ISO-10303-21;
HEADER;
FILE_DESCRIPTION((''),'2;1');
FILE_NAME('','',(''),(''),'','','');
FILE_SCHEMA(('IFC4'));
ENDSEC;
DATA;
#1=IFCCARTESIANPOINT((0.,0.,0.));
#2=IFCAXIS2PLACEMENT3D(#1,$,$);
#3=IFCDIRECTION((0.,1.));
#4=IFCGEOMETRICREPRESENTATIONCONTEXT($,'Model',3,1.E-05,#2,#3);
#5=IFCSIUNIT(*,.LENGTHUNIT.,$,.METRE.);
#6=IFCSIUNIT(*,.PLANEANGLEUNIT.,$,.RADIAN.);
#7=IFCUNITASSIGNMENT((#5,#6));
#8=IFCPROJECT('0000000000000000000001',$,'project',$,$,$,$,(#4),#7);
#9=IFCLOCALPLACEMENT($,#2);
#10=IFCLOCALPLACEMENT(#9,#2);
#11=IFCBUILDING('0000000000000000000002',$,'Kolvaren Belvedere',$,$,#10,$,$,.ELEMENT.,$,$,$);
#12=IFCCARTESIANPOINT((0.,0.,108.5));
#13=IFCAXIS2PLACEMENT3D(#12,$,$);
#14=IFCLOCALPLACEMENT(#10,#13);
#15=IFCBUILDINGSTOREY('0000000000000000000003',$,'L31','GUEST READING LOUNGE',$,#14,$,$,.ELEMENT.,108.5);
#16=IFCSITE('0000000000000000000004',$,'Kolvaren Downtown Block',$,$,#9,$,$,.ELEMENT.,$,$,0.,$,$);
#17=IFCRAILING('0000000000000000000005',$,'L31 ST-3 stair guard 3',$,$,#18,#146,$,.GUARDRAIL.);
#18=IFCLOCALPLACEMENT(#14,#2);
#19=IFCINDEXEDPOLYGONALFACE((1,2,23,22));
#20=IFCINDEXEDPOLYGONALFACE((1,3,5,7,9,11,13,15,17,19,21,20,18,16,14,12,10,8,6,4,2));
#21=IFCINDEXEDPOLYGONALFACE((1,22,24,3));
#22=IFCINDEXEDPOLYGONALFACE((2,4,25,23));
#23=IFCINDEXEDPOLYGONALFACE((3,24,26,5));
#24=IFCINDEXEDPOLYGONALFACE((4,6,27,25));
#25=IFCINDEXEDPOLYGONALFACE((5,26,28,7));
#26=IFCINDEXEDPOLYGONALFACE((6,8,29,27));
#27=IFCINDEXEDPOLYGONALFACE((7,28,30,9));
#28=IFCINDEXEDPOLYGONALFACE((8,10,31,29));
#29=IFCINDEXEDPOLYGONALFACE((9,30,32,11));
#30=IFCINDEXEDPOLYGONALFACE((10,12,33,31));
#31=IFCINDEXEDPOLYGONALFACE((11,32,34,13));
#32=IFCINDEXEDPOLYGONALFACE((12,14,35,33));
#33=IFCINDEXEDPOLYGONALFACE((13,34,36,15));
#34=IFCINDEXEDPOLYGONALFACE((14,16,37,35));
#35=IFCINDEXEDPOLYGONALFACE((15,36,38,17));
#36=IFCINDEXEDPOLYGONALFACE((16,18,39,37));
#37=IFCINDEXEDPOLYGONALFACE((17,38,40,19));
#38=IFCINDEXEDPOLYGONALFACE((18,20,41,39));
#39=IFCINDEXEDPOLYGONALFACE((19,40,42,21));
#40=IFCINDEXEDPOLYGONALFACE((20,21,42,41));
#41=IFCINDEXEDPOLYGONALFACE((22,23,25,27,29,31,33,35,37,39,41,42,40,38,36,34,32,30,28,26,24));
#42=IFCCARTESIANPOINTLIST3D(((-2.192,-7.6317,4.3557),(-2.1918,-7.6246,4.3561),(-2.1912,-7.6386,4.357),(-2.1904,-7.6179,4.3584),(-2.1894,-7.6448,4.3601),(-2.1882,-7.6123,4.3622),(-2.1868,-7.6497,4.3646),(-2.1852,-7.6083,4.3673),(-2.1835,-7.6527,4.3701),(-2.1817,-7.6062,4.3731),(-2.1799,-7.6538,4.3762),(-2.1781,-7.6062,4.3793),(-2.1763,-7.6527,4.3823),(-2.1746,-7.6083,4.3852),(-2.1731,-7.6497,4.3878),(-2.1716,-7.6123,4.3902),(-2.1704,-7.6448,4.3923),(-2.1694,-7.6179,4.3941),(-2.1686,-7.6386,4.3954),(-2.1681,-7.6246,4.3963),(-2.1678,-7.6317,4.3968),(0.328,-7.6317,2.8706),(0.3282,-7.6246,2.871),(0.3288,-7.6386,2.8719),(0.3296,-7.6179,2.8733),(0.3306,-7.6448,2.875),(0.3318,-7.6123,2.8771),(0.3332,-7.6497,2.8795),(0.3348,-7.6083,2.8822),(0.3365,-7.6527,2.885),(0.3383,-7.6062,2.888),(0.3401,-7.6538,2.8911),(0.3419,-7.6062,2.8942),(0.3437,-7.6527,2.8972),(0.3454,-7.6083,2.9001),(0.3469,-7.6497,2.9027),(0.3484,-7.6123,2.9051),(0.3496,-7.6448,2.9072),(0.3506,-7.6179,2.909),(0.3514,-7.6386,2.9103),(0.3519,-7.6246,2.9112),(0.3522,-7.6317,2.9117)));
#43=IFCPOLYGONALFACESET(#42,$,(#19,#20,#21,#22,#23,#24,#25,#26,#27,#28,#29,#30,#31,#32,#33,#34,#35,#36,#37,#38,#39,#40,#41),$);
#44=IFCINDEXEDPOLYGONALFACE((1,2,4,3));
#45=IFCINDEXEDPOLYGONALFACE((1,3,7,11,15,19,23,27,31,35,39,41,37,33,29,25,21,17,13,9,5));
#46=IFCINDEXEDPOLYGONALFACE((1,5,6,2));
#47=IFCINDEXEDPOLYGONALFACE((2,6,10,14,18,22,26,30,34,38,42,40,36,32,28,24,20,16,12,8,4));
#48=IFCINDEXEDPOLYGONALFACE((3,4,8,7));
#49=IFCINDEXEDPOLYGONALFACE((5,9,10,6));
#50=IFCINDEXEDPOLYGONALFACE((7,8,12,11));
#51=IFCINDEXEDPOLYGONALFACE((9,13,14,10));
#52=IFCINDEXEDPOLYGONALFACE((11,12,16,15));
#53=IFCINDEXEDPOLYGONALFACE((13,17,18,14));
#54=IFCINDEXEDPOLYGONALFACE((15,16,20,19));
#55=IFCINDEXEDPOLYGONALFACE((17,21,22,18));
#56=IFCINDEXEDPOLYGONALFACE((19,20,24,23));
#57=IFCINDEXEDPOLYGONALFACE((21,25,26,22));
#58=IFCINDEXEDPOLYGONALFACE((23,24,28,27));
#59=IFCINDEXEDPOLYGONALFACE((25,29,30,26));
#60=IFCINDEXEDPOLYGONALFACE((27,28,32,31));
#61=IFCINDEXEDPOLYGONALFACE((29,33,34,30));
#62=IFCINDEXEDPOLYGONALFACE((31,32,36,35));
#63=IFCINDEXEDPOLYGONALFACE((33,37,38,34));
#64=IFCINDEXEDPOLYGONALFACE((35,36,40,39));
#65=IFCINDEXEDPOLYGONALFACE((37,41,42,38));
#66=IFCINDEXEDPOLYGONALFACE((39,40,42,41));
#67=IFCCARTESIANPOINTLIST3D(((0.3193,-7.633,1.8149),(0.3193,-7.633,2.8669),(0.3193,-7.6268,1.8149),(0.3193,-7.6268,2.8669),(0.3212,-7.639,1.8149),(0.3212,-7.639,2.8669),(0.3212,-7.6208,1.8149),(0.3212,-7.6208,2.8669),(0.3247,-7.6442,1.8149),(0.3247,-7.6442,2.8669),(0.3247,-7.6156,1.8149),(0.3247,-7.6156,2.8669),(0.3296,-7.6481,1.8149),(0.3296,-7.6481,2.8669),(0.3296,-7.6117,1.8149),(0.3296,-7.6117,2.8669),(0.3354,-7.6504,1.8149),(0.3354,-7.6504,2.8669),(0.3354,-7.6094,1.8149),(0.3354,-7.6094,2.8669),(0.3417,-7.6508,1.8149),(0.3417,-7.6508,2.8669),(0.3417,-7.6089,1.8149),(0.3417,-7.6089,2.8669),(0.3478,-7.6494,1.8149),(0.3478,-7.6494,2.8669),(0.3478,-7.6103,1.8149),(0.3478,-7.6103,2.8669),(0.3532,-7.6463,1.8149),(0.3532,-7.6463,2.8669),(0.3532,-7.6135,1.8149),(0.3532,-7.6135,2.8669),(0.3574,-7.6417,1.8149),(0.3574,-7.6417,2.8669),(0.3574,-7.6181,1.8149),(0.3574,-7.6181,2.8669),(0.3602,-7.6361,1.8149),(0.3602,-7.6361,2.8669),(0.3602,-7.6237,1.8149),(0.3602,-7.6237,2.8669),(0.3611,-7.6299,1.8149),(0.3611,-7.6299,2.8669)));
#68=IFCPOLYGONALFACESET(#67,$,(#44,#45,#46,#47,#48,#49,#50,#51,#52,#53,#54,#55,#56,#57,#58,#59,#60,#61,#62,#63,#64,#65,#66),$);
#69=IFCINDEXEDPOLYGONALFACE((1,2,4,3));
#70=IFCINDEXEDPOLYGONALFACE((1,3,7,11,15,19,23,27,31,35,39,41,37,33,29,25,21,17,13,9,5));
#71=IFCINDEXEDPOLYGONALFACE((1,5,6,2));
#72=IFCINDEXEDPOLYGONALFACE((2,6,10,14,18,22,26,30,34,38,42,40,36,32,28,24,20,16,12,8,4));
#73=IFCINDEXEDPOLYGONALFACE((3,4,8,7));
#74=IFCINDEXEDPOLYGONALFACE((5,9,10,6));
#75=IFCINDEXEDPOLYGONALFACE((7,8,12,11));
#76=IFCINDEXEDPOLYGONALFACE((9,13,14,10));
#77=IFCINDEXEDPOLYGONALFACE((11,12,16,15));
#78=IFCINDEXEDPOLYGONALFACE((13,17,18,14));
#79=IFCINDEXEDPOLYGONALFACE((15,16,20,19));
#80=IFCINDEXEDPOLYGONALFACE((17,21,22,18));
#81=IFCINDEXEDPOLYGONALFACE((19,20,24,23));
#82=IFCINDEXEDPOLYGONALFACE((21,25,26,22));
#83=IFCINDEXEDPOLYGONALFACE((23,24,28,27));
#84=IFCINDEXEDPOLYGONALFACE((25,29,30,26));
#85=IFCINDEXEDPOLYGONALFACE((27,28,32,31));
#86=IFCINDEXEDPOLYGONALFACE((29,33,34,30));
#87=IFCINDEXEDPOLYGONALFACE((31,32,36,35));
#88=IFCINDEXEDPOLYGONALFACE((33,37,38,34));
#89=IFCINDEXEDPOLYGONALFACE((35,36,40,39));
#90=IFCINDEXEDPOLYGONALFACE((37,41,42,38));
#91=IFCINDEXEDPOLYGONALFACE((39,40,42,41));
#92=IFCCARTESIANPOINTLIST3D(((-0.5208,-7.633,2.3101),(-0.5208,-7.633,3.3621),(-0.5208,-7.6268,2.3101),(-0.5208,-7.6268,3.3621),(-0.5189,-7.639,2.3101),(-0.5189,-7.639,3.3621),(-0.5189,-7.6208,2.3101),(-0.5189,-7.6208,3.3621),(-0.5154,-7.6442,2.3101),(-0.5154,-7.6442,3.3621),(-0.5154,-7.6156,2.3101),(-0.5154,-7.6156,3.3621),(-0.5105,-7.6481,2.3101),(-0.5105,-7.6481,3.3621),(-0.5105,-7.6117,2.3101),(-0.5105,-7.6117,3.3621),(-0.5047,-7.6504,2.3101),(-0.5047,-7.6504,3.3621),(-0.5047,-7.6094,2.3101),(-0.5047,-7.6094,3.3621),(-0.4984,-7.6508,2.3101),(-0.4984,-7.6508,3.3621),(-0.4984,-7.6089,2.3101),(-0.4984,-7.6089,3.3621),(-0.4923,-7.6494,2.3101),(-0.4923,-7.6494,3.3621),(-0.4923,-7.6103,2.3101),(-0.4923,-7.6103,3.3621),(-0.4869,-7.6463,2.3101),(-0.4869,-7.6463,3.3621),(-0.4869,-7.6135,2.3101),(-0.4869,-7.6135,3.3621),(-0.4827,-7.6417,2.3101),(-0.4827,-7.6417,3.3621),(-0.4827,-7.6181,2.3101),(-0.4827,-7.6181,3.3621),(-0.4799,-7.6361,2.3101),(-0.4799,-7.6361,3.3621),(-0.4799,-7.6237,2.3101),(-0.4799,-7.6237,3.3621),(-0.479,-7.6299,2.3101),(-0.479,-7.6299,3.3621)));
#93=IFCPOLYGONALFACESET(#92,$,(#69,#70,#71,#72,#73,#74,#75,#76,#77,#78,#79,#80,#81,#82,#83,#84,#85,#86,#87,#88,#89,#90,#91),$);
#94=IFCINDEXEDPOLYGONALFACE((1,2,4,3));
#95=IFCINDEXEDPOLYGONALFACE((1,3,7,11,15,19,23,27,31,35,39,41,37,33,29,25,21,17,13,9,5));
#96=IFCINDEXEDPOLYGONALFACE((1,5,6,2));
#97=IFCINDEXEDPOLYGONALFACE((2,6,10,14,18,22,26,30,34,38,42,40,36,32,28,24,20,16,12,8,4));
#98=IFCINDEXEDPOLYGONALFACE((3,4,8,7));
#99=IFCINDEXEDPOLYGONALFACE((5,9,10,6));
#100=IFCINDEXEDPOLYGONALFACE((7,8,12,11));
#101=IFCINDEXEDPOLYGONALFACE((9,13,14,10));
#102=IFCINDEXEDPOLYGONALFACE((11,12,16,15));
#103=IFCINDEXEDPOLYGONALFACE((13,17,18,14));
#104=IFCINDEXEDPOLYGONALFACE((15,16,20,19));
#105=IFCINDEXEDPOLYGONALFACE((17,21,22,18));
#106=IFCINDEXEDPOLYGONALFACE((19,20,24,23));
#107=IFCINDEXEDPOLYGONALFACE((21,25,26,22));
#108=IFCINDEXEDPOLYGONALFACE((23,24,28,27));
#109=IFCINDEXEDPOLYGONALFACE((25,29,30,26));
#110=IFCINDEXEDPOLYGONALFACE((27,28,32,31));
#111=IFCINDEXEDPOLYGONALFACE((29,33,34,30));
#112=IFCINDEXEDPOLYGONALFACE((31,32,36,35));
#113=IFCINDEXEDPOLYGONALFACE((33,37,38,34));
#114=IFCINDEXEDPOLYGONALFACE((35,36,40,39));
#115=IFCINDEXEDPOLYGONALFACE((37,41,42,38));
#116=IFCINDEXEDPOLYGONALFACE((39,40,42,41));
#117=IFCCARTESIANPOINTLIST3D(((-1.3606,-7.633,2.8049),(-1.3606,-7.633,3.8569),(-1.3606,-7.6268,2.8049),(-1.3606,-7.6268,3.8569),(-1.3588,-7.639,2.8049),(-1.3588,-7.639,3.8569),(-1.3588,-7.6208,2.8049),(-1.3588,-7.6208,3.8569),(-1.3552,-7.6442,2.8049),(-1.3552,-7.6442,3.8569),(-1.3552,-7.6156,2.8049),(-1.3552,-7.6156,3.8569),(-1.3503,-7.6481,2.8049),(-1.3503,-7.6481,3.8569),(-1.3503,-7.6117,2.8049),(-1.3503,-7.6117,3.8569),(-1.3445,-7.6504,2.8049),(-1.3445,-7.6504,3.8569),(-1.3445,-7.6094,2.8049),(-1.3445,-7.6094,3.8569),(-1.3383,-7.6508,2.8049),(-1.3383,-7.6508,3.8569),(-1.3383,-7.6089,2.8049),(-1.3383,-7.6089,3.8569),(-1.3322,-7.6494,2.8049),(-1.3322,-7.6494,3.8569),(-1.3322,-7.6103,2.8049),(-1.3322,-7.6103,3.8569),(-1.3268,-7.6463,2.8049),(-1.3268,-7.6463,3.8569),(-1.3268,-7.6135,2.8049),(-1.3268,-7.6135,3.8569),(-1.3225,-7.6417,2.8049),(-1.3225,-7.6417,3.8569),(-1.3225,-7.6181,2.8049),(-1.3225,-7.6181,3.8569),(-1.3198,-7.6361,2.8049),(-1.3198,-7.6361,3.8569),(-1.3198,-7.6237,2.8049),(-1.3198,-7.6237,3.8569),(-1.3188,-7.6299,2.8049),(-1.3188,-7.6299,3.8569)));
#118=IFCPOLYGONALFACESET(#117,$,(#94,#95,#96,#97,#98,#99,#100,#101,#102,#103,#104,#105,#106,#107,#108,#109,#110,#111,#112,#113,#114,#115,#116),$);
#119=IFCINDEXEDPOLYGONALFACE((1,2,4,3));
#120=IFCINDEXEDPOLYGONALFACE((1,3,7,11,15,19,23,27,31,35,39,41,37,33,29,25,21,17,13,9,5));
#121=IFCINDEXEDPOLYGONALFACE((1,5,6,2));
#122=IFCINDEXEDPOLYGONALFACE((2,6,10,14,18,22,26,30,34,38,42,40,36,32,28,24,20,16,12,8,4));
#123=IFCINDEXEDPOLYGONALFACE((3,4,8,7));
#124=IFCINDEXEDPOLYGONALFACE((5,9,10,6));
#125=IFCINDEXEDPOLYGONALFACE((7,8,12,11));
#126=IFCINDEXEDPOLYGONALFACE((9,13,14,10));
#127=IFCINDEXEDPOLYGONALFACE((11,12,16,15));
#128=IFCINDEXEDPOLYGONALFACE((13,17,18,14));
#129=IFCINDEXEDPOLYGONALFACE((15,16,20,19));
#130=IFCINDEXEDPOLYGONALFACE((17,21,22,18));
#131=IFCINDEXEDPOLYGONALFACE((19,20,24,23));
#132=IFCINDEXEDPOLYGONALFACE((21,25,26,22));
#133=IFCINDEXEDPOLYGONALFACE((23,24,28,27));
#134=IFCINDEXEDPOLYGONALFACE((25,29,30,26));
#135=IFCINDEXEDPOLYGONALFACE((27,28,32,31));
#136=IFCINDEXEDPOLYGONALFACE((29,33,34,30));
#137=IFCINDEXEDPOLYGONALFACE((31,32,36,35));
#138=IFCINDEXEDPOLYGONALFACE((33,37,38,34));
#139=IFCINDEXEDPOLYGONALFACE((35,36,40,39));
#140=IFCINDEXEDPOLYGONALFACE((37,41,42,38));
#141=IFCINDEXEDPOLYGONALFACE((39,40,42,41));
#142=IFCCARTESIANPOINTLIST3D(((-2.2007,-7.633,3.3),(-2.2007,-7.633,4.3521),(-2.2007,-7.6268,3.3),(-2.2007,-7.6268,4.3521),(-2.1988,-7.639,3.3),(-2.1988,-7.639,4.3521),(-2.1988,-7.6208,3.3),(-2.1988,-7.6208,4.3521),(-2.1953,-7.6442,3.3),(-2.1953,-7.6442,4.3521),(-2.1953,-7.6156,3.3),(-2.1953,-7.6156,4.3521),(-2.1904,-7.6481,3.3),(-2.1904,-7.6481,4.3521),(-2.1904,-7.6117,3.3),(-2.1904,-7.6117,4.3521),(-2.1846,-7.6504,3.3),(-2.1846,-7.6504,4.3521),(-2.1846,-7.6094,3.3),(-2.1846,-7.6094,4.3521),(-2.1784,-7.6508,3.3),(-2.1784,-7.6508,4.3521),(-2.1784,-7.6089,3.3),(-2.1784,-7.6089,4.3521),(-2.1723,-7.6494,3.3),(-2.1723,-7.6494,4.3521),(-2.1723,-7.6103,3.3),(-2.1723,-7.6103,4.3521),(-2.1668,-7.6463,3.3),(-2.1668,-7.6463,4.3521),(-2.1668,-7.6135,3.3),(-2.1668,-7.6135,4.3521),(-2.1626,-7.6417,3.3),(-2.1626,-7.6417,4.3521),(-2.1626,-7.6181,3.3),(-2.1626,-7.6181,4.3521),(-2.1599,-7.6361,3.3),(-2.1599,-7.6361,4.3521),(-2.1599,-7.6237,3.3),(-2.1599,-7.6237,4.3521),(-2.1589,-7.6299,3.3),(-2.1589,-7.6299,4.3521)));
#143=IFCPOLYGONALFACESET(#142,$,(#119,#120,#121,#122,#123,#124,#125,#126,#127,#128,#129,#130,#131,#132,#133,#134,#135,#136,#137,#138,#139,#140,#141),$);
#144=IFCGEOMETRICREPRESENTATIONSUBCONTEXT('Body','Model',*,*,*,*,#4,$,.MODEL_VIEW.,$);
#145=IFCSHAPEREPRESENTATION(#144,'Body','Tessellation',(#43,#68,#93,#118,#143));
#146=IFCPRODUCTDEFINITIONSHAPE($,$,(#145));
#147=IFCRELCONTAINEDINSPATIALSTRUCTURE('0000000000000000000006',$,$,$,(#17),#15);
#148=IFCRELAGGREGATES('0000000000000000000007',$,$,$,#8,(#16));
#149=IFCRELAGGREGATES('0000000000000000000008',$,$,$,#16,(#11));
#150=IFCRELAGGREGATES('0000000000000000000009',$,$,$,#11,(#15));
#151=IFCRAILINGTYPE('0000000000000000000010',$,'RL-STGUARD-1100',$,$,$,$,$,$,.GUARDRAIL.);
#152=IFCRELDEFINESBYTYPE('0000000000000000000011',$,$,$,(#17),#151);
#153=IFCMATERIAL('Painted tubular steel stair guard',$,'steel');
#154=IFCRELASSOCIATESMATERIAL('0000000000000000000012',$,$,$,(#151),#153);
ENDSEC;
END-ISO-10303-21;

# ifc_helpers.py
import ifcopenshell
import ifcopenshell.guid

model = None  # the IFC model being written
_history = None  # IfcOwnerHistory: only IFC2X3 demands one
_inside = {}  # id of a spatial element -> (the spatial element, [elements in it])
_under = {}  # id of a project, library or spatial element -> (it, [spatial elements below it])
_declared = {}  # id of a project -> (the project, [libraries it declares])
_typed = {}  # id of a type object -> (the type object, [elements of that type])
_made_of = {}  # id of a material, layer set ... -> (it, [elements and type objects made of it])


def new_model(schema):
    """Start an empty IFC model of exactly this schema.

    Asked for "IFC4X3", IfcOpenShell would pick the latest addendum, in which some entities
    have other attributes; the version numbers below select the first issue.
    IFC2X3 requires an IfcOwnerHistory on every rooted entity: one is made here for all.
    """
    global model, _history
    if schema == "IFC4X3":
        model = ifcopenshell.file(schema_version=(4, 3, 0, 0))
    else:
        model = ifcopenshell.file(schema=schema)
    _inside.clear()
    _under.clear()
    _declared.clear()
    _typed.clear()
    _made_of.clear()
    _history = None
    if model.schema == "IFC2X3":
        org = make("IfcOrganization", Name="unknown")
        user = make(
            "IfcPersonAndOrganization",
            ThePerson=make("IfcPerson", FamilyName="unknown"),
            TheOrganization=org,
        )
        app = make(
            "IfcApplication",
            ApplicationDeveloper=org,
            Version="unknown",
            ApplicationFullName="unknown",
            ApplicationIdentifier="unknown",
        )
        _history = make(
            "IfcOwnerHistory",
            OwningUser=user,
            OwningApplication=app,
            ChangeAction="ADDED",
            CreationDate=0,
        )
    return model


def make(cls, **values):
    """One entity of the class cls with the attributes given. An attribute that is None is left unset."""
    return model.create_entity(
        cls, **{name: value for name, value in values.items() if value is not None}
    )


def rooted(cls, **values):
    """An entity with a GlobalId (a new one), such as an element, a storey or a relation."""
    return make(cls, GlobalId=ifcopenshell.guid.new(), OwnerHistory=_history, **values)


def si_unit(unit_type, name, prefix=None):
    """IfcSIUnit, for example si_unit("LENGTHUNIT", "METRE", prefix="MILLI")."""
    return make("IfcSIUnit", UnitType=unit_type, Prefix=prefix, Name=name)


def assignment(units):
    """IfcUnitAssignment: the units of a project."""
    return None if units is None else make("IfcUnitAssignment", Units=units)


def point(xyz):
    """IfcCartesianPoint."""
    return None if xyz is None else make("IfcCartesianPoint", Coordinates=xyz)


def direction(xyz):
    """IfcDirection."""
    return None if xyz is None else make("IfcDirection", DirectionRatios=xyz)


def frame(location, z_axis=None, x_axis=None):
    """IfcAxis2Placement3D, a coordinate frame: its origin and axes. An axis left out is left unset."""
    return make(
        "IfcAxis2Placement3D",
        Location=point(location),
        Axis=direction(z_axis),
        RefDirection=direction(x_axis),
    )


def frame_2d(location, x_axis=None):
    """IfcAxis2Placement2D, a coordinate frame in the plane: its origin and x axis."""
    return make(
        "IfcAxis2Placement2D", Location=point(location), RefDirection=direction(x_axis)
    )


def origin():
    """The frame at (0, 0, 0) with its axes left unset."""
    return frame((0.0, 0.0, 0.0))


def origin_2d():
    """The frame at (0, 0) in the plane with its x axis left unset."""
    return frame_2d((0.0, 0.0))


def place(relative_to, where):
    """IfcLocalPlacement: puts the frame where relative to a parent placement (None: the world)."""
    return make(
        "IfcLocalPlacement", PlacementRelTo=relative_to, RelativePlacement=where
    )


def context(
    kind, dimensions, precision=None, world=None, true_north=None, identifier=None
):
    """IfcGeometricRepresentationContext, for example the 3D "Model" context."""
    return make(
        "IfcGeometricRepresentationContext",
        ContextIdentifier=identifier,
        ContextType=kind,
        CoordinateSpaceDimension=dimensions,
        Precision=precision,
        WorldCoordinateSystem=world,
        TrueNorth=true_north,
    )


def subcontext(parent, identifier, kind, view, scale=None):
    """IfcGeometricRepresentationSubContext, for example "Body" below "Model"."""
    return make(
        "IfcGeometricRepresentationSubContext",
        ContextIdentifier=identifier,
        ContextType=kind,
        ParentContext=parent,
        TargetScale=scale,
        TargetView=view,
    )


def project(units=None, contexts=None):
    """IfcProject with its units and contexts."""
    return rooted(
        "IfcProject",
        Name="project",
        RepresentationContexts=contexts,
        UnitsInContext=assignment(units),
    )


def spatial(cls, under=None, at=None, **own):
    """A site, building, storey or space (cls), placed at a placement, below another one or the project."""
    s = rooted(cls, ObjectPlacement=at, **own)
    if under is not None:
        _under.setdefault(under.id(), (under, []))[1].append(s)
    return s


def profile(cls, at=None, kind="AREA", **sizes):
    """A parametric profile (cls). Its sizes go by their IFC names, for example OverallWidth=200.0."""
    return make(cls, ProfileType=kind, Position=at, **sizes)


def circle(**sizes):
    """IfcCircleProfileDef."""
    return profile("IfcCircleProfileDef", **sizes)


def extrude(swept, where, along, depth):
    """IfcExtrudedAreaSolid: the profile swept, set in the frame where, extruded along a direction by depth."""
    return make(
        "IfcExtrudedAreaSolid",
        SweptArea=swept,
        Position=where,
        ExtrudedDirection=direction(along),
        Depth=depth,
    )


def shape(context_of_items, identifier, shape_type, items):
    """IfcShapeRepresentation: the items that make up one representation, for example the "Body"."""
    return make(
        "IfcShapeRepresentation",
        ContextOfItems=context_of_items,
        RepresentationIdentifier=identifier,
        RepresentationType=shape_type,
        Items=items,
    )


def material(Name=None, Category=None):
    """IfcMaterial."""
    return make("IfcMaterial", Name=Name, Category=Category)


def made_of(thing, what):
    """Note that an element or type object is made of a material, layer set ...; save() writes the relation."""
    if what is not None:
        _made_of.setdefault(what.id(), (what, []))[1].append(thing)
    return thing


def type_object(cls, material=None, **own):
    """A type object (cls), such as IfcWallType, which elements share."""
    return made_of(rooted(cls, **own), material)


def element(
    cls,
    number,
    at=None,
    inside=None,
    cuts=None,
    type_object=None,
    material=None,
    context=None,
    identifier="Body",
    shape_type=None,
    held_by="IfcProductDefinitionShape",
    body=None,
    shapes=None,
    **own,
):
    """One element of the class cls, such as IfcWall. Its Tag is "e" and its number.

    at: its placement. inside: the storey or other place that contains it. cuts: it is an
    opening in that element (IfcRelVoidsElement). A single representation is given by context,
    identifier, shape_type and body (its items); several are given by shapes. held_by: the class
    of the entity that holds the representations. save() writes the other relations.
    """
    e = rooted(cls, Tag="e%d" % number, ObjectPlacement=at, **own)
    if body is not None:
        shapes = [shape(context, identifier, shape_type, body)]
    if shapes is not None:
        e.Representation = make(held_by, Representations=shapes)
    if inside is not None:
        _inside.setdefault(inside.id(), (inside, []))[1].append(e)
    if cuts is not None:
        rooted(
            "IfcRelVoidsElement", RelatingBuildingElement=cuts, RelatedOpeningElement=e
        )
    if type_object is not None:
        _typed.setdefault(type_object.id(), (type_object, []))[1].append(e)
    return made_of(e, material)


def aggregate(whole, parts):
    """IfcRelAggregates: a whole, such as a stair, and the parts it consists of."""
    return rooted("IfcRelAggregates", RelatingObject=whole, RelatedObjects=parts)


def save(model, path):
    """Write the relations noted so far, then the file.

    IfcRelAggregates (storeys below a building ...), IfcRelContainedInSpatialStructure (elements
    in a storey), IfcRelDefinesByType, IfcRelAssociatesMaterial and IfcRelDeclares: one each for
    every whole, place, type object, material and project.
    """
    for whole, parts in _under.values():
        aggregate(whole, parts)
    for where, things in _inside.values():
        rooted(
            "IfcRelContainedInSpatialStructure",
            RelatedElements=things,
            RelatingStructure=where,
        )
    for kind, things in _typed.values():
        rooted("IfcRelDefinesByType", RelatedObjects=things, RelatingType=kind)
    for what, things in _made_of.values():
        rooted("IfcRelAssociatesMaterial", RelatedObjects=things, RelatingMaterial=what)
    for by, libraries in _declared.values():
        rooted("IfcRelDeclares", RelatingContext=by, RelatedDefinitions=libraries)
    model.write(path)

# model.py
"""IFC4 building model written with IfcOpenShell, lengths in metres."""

from ifc_helpers import new_model, si_unit, direction, frame, origin, origin_2d, place, context, subcontext, project, spatial, circle, extrude, material, type_object, element, save


model = new_model("IFC4")

# Units and contexts
model_context = context("Model", 3, precision=1e-05, world=origin(), true_north=direction((0.0, 1.0)))
body_context = subcontext(model_context, "Body", "Model", "MODEL_VIEW")
ifc_project = project(units=[si_unit("LENGTHUNIT", "METRE"), si_unit("PLANEANGLEUNIT", "RADIAN")], contexts=[model_context])

# Site, building, storey
site_placement = place(None, origin())
site = spatial("IfcSite", under=ifc_project, at=site_placement, Name="Kolvaren Downtown Block", CompositionType="ELEMENT", RefElevation=0.0)
building_placement = place(site_placement, origin())
building = spatial("IfcBuilding", under=site, at=building_placement, Name="Kolvaren Belvedere", CompositionType="ELEMENT")
storey_placement = place(building_placement, frame((0.0, 0.0, 108.5)))
storey = spatial("IfcBuildingStorey", under=building, at=storey_placement, Name="L31", Description="GUEST READING LOUNGE", CompositionType="ELEMENT", Elevation=108.5)

# Railing
ifc_material_1 = material(Name="Painted tubular steel stair guard", Category="steel")
railing_type_1 = type_object("IfcRailingType", Name="RL-STGUARD-1100", PredefinedType="GUARDRAIL", material=ifc_material_1)
railing_1_placement = place(storey_placement, frame((0.3401, -7.6299, 1.8149)))
element("IfcRailing", 1, at=railing_1_placement, inside=storey, type_object=railing_type_1, Name="L31 ST-3 stair guard 3", PredefinedType="GUARDRAIL", context=body_context, shape_type="SweptSolid", body=[
    extrude(circle(Radius=0.0239, at=origin_2d()), frame((0.0, 0.0, 1.0762), z_axis=(-0.861524, 0.0, 0.507717), x_axis=(0.0, -1.0, 0.0)), (0.0, 0.0, 1.0), 2.925),
    extrude(circle(Radius=0.021, at=origin_2d()), origin(), (0.0, 0.0, 1.0), 1.052),
    extrude(circle(Radius=0.021, at=origin_2d()), frame((-0.8401, 0.0, 0.4951)), (0.0, 0.0, 1.0), 1.052),
    extrude(circle(Radius=0.021, at=origin_2d()), frame((-1.6799, 0.0, 0.99)), (0.0, 0.0, 1.0), 1.052),
    extrude(circle(Radius=0.021, at=origin_2d()), frame((-2.52, 0.0, 1.4851)), (0.0, 0.0, 1.0), 1.052),
])

save(model, "model.ifc")
